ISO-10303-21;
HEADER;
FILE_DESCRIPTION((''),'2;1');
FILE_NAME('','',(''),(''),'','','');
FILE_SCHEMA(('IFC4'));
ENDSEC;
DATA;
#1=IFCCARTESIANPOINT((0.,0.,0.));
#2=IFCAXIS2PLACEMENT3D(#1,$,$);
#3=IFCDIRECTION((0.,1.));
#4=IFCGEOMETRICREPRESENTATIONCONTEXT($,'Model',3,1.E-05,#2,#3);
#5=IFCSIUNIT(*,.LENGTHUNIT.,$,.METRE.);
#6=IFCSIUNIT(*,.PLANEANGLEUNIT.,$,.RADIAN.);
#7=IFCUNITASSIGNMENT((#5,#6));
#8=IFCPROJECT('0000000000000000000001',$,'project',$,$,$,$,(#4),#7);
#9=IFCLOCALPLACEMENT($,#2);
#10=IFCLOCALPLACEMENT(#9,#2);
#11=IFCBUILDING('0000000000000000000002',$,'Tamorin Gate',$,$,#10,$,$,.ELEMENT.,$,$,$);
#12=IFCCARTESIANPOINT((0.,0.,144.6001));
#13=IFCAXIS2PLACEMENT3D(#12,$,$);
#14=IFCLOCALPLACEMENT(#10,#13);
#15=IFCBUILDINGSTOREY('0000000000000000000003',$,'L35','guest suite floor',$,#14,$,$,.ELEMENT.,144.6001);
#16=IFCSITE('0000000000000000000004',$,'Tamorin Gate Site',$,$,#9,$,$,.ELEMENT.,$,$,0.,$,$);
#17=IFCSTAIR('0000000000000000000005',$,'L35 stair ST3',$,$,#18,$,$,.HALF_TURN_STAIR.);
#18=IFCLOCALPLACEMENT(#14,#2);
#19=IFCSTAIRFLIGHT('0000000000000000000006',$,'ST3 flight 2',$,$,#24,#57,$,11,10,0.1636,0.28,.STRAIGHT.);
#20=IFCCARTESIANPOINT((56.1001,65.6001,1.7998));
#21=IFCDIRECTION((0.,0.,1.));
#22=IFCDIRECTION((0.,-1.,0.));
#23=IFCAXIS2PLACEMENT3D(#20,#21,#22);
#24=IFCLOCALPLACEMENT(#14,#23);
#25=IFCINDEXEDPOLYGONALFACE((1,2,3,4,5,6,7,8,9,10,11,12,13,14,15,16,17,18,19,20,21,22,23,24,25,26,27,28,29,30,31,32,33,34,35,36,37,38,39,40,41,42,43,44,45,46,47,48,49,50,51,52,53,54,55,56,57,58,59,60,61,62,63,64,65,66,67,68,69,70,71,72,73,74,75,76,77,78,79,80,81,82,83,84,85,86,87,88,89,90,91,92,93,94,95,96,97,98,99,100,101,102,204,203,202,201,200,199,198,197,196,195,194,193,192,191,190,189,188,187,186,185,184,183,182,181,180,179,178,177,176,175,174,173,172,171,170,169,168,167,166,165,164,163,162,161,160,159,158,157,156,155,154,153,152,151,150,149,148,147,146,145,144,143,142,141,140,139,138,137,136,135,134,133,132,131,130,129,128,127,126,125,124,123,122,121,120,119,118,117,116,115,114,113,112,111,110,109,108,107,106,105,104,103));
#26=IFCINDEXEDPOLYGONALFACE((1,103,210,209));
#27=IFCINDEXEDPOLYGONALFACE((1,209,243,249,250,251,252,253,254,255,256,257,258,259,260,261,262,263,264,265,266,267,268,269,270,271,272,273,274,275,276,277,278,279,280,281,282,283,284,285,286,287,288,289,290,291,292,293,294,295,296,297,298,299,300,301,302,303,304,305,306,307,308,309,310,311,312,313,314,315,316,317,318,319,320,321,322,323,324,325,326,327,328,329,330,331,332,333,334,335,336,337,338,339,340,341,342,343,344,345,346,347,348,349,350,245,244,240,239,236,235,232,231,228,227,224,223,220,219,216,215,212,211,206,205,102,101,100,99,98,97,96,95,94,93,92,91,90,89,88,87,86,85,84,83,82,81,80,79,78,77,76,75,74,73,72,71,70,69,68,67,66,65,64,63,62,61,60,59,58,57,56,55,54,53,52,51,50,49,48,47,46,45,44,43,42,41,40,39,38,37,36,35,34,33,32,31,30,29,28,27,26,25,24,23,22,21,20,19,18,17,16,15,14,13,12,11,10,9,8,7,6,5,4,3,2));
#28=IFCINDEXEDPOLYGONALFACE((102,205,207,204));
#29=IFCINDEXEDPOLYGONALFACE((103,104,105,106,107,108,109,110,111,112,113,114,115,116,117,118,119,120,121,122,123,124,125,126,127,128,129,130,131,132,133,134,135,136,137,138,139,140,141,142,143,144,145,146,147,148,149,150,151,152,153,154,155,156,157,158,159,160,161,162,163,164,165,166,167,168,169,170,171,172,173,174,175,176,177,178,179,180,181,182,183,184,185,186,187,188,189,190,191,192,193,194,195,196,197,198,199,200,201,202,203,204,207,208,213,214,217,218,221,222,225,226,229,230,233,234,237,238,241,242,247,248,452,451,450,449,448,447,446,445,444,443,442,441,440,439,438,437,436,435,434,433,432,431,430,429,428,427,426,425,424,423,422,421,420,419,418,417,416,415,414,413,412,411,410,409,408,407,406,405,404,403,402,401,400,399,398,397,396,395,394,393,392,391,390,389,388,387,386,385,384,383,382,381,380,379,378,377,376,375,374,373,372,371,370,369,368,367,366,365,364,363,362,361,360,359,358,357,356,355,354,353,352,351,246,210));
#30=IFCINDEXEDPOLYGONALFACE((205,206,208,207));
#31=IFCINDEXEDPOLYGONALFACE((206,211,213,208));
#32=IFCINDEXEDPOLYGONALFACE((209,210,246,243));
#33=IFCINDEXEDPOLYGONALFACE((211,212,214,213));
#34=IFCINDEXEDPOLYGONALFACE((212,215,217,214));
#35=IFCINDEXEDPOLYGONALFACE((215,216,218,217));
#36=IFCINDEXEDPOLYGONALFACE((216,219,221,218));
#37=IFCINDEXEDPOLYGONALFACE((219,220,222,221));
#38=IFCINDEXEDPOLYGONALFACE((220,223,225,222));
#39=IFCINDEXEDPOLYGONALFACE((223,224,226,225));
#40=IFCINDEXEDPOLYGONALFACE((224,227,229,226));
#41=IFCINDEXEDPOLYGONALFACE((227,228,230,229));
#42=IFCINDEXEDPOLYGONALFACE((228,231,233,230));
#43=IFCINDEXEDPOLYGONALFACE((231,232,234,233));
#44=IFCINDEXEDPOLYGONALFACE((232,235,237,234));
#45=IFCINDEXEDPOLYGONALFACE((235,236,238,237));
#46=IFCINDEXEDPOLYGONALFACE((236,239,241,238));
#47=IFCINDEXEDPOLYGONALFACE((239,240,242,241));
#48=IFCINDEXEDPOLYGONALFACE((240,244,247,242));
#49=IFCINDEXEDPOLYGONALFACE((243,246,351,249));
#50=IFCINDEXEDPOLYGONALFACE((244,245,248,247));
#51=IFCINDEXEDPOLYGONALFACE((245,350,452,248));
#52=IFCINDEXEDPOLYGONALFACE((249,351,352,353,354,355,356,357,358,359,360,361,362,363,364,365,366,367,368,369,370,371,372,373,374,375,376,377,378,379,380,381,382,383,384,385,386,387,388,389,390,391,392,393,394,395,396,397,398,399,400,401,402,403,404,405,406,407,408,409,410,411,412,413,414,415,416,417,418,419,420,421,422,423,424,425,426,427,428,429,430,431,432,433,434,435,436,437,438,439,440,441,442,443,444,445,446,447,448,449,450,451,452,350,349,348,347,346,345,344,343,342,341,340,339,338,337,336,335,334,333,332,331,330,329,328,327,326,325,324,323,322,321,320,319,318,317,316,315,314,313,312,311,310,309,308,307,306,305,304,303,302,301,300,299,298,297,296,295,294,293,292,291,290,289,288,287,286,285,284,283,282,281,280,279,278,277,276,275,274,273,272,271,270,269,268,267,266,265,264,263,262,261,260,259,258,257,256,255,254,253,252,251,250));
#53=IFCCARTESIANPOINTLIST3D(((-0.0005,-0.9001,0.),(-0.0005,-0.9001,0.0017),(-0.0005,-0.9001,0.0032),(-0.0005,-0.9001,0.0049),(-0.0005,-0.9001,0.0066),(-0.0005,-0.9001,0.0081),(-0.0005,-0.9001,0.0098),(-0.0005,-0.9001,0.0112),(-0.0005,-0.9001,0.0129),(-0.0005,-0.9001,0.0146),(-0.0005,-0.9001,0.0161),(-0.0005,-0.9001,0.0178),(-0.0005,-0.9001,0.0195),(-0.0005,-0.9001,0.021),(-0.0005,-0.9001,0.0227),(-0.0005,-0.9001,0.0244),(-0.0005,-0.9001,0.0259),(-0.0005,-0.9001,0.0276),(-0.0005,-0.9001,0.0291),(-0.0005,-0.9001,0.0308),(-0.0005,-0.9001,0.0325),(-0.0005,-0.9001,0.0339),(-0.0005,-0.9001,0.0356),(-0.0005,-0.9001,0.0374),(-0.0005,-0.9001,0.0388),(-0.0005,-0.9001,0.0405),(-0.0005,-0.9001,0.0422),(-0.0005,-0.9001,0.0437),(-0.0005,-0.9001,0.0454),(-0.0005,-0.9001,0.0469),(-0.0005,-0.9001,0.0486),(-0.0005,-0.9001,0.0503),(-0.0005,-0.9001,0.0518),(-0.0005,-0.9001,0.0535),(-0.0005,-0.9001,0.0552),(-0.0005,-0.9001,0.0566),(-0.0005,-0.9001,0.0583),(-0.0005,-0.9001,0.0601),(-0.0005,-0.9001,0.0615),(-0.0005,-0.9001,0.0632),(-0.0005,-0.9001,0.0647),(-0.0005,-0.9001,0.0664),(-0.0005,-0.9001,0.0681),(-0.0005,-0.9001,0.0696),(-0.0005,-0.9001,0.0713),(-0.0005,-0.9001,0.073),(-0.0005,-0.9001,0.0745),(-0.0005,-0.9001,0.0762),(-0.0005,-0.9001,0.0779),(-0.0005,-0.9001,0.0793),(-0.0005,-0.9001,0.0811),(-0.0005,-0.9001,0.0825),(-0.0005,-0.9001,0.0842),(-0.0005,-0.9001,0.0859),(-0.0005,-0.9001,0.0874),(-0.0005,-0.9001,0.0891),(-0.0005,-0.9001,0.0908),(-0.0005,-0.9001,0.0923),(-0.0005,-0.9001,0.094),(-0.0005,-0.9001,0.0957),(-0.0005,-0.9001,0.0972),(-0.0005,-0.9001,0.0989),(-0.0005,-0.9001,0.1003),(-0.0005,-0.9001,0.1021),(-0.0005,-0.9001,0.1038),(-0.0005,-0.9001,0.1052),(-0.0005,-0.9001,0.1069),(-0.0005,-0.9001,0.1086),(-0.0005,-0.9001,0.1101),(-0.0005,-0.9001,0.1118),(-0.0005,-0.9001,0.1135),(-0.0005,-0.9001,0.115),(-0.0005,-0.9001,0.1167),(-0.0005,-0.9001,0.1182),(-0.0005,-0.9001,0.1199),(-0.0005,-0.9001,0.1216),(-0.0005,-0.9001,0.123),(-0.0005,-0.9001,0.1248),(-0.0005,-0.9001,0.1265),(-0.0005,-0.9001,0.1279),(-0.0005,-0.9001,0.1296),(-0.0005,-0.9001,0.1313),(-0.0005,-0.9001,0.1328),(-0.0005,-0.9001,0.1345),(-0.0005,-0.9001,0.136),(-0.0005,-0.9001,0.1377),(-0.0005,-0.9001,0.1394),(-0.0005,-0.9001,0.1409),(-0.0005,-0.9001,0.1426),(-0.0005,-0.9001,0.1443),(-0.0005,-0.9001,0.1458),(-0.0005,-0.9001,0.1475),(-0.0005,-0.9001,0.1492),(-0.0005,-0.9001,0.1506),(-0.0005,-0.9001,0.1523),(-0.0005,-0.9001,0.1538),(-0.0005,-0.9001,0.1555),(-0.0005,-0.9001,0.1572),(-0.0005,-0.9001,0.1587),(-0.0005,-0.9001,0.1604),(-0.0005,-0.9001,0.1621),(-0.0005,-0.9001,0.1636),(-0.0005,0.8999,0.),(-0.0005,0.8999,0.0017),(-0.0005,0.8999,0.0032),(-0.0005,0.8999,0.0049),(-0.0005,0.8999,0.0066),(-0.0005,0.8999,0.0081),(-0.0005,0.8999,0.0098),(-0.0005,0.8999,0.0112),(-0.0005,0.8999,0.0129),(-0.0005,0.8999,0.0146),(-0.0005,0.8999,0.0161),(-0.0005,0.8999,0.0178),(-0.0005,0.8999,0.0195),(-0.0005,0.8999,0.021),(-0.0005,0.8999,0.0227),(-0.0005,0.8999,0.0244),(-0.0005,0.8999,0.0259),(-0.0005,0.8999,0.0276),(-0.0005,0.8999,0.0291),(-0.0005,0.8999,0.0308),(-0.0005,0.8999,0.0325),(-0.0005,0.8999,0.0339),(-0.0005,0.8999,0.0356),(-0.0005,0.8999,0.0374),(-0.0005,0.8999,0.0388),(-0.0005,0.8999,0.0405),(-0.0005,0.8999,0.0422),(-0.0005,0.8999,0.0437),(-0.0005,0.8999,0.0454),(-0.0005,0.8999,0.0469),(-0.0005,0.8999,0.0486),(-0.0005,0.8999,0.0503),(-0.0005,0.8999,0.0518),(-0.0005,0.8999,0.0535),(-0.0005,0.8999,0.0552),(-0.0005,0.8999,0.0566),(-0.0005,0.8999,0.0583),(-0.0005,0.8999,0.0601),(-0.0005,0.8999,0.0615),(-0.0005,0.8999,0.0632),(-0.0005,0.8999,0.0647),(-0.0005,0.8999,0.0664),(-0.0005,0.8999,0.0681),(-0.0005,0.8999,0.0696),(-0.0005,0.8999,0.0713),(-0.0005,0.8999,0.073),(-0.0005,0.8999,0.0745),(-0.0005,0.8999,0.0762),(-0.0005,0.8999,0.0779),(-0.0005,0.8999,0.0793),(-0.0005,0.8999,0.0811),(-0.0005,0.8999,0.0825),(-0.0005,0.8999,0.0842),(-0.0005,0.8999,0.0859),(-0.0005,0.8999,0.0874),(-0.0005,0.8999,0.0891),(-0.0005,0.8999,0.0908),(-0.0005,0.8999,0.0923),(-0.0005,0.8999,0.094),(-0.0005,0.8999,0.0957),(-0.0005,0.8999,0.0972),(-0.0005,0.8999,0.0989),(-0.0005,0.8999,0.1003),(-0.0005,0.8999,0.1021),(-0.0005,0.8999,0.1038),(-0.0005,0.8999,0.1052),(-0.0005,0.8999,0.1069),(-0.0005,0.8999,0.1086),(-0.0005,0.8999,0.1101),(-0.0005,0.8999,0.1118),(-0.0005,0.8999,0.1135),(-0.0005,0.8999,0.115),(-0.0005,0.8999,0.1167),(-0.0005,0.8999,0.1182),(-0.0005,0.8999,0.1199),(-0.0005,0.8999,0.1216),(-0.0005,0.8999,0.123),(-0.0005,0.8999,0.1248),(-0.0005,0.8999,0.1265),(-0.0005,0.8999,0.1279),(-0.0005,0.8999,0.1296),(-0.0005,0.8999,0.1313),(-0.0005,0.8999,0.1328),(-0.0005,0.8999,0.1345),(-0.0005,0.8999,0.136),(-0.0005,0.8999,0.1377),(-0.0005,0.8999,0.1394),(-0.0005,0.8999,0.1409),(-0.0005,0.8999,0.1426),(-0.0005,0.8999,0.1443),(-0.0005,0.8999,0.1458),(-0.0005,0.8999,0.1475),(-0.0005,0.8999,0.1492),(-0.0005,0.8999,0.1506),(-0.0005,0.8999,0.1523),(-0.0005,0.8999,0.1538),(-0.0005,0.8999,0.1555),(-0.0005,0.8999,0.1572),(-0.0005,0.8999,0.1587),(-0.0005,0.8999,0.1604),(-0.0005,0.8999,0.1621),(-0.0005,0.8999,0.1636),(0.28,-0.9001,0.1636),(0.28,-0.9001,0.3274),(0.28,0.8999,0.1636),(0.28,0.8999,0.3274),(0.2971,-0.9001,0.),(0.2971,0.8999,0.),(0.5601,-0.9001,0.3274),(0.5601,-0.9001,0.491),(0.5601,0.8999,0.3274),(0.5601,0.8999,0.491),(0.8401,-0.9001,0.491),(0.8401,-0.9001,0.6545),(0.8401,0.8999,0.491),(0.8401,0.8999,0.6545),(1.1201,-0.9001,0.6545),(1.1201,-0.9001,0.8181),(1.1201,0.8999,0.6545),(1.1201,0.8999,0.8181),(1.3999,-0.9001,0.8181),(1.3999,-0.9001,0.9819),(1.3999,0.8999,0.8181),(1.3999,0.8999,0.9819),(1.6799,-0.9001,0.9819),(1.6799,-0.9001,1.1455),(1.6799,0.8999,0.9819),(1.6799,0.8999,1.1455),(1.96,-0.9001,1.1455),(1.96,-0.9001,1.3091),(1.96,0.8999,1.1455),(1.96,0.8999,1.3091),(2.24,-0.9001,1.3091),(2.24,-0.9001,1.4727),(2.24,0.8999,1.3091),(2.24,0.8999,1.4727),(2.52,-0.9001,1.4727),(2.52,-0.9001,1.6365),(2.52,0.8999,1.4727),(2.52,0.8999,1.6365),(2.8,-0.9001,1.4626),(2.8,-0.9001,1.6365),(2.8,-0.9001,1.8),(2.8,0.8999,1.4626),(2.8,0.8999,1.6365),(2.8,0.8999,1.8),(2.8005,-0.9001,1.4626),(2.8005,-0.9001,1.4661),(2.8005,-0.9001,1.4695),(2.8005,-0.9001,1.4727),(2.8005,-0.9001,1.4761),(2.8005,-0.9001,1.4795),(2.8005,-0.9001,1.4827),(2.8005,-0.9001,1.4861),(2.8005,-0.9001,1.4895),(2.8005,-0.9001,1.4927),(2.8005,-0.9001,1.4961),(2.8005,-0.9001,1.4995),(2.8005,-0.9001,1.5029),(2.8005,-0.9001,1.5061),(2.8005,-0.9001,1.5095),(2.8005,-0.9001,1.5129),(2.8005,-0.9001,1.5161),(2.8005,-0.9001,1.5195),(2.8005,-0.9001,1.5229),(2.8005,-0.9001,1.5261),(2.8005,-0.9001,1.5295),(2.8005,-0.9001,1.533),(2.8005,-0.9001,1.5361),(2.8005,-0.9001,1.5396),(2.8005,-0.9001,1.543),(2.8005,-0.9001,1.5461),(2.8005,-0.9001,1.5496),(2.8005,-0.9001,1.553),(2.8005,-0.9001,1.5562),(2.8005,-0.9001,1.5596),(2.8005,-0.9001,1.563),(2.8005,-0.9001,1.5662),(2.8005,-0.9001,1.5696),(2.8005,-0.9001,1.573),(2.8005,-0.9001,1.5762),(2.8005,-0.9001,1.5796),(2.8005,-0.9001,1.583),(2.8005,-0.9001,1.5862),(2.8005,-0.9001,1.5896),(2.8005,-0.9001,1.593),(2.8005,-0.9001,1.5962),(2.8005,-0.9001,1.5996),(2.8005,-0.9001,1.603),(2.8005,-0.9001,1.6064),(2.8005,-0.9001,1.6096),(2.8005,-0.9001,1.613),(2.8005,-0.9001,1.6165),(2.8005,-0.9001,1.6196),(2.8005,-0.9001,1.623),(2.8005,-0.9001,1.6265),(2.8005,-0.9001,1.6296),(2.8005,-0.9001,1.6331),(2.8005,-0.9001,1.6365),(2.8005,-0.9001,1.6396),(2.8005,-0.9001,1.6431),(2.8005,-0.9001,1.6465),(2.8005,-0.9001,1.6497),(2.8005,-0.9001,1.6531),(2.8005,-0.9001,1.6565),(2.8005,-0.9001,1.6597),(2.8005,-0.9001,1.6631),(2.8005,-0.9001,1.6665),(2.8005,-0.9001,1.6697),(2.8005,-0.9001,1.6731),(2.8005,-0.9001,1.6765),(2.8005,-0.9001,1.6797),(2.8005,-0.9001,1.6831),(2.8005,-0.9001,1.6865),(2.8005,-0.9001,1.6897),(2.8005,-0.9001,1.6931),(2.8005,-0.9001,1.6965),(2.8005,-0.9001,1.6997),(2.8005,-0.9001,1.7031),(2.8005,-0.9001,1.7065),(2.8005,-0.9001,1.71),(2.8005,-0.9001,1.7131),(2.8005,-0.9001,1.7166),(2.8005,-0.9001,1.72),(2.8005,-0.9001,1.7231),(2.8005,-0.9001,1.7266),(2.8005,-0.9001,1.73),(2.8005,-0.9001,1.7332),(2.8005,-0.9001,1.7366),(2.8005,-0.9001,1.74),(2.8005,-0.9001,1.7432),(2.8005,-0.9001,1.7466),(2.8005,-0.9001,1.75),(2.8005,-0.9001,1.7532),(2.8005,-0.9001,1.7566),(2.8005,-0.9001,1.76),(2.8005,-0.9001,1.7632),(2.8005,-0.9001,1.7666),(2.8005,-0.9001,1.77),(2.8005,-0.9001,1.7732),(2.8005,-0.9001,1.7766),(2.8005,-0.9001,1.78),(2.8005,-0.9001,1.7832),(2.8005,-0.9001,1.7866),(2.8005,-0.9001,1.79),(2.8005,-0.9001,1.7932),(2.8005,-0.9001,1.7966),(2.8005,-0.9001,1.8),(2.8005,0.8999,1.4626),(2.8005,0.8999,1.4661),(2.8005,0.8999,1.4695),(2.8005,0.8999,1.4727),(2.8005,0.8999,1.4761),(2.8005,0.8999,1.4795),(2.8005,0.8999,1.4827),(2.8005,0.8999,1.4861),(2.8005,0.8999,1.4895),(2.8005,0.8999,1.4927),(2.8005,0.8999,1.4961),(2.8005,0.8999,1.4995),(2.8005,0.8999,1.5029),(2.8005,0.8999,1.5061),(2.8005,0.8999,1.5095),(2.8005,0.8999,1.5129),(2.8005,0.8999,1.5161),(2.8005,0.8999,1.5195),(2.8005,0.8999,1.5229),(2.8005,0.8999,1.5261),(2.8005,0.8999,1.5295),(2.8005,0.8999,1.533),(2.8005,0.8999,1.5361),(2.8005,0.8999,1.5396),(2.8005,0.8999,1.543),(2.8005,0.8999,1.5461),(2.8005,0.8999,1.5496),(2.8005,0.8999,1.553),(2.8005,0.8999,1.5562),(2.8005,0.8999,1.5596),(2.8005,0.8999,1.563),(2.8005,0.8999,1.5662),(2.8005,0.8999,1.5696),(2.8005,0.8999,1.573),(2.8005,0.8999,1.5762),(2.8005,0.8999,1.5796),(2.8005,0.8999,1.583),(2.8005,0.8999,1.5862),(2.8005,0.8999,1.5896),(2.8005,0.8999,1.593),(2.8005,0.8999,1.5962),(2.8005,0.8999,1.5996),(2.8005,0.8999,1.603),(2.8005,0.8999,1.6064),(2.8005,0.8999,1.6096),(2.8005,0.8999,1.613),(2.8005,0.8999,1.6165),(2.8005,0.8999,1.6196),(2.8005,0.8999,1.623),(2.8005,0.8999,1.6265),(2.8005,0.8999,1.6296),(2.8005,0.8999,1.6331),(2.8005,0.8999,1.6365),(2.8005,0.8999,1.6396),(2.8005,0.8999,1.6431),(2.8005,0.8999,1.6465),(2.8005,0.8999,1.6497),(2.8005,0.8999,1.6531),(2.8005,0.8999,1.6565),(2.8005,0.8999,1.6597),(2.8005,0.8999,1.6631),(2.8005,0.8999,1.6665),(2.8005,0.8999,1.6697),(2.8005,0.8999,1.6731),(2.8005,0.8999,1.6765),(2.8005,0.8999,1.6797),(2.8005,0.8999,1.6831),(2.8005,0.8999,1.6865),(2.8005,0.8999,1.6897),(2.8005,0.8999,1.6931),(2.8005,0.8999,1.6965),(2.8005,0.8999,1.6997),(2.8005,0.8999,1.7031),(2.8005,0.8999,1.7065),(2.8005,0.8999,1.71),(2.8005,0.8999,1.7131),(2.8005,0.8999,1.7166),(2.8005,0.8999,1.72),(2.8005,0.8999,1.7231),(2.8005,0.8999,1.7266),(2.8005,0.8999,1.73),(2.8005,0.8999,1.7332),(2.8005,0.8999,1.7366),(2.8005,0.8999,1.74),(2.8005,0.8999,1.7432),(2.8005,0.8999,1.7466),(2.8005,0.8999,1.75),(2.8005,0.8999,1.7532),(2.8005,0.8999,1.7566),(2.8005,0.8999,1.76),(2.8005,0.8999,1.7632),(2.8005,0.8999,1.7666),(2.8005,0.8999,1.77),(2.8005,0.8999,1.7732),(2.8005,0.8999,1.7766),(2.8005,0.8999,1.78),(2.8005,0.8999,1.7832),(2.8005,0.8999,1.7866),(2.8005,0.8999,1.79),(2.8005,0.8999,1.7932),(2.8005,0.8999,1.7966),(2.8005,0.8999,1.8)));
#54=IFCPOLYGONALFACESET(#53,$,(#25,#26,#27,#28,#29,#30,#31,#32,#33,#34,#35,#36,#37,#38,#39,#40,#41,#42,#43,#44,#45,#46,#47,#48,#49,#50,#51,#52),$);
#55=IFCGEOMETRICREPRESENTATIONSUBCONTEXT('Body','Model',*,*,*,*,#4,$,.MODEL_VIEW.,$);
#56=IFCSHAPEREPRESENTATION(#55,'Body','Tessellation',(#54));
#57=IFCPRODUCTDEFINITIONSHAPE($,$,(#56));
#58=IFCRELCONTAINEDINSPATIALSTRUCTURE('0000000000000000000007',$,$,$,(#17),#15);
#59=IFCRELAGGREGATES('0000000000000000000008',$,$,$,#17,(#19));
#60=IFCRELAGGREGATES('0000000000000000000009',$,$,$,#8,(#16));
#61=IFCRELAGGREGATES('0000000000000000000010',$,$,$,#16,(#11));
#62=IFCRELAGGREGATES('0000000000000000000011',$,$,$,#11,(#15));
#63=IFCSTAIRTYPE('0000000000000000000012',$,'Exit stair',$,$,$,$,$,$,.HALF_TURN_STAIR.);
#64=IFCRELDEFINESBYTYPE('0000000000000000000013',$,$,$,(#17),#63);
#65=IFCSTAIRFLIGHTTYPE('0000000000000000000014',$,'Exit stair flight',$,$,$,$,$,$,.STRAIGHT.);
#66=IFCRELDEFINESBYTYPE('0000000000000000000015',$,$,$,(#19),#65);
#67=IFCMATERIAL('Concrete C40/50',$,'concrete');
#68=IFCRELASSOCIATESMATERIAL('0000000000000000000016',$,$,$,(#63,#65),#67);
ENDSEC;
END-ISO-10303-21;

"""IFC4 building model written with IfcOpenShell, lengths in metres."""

from ifc_helpers import new_model, si_unit, direction, frame, origin, place, context, subcontext, project, spatial, polyline, outline, extrude, material, type_object, element, aggregate, save


model = new_model("IFC4")

# Units and contexts
model_context = context("Model", 3, precision=1e-05, world=origin(), true_north=direction((0.0, 1.0)))
body_context = subcontext(model_context, "Body", "Model", "MODEL_VIEW")
ifc_project = project(units=[si_unit("LENGTHUNIT", "METRE"), si_unit("PLANEANGLEUNIT", "RADIAN")], contexts=[model_context])

# Site, building, storey
site_placement = place(None, origin())
site = spatial("IfcSite", under=ifc_project, at=site_placement, Name="Tamorin Gate Site", CompositionType="ELEMENT", RefElevation=0.0)
building_placement = place(site_placement, origin())
building = spatial("IfcBuilding", under=site, at=building_placement, Name="Tamorin Gate", CompositionType="ELEMENT")
storey_placement = place(building_placement, frame((0.0, 0.0, 144.6001)))
storey = spatial("IfcBuildingStorey", under=building, at=storey_placement, Name="L35", Description="guest suite floor", CompositionType="ELEMENT", Elevation=144.6001)

# Shared definitions
ifc_material_1 = material(Name="Concrete C40/50", Category="concrete")

# Stair, stair flight
stair_type = type_object("IfcStairType", Name="Exit stair", PredefinedType="HALF_TURN_STAIR", material=ifc_material_1)
stair_placement = place(storey_placement, origin())
stair = element("IfcStair", 1, at=stair_placement, inside=storey, type_object=stair_type, Name="L35 stair ST3", PredefinedType="HALF_TURN_STAIR")
stair_flight_type = type_object("IfcStairFlightType", Name="Exit stair flight", PredefinedType="STRAIGHT", material=ifc_material_1)
stair_flight_placement = place(storey_placement, frame((56.1001, 65.6001, 1.7998), z_axis=(0.0, 0.0, 1.0), x_axis=(0.0, -1.0, 0.0)))
stair_flight = element("IfcStairFlight", 2, at=stair_flight_placement, type_object=stair_flight_type, Name="ST3 flight 2", NumberOfRisers=11, NumberOfTreads=10, PredefinedType="STRAIGHT", RiserHeight=0.1636, TreadLength=0.28, context=body_context, shape_type="SweptSolid", body=[
    extrude(outline(polyline([(-0.0005, 0.0), (-0.0005, 0.0017), (-0.0005, 0.0032), (-0.0005, 0.0049), (-0.0005, 0.0066), (-0.0005, 0.0081), (-0.0005, 0.0098), (-0.0005, 0.0112), (-0.0005, 0.0129), (-0.0005, 0.0146), (-0.0005, 0.0161), (-0.0005, 0.0178), (-0.0005, 0.0195), (-0.0005, 0.021), (-0.0005, 0.0227), (-0.0005, 0.0244), (-0.0005, 0.0259), (-0.0005, 0.0276), (-0.0005, 0.0291), (-0.0005, 0.0308), (-0.0005, 0.0325), (-0.0005, 0.0339), (-0.0005, 0.0356), (-0.0005, 0.0374), (-0.0005, 0.0388), (-0.0005, 0.0405), (-0.0005, 0.0422), (-0.0005, 0.0437), (-0.0005, 0.0454), (-0.0005, 0.0469), (-0.0005, 0.0486), (-0.0005, 0.0503), (-0.0005, 0.0518), (-0.0005, 0.0535), (-0.0005, 0.0552), (-0.0005, 0.0566), (-0.0005, 0.0583), (-0.0005, 0.0601), (-0.0005, 0.0615), (-0.0005, 0.0632), (-0.0005, 0.0647), (-0.0005, 0.0664), (-0.0005, 0.0681), (-0.0005, 0.0696), (-0.0005, 0.0713), (-0.0005, 0.073), (-0.0005, 0.0745), (-0.0005, 0.0762), (-0.0005, 0.0779), (-0.0005, 0.0793), (-0.0005, 0.0811), (-0.0005, 0.0825), (-0.0005, 0.0842), (-0.0005, 0.0859), (-0.0005, 0.0874), (-0.0005, 0.0891), (-0.0005, 0.0908), (-0.0005, 0.0923), (-0.0005, 0.094), (-0.0005, 0.0957), (-0.0005, 0.0972), (-0.0005, 0.0989), (-0.0005, 0.1003), (-0.0005, 0.1021), (-0.0005, 0.1038), (-0.0005, 0.1052), (-0.0005, 0.1069), (-0.0005, 0.1086), (-0.0005, 0.1101), (-0.0005, 0.1118), (-0.0005, 0.1135), (-0.0005, 0.115), (-0.0005, 0.1167), (-0.0005, 0.1182), (-0.0005, 0.1199), (-0.0005, 0.1216), (-0.0005, 0.123), (-0.0005, 0.1248), (-0.0005, 0.1265), (-0.0005, 0.1279), (-0.0005, 0.1296), (-0.0005, 0.1313), (-0.0005, 0.1328), (-0.0005, 0.1345), (-0.0005, 0.136), (-0.0005, 0.1377), (-0.0005, 0.1394), (-0.0005, 0.1409), (-0.0005, 0.1426), (-0.0005, 0.1443), (-0.0005, 0.1458), (-0.0005, 0.1475), (-0.0005, 0.1492), (-0.0005, 0.1506), (-0.0005, 0.1523), (-0.0005, 0.1538), (-0.0005, 0.1555), (-0.0005, 0.1572), (-0.0005, 0.1587), (-0.0005, 0.1604), (-0.0005, 0.1621), (-0.0005, 0.1636), (0.28, 0.1636), (0.28, 0.3274), (0.5601, 0.3274), (0.5601, 0.491), (0.8401, 0.491), (0.8401, 0.6545), (1.1201, 0.6545), (1.1201, 0.8181), (1.3999, 0.8181), (1.3999, 0.9819), (1.6799, 0.9819), (1.6799, 1.1455), (1.96, 1.1455), (1.96, 1.3091), (2.24, 1.3091), (2.24, 1.4727), (2.52, 1.4727), (2.52, 1.6365), (2.8, 1.6365), (2.8, 1.8), (2.8005, 1.8), (2.8005, 1.7966), (2.8005, 1.7932), (2.8005, 1.79), (2.8005, 1.7866), (2.8005, 1.7832), (2.8005, 1.78), (2.8005, 1.7766), (2.8005, 1.7732), (2.8005, 1.77), (2.8005, 1.7666), (2.8005, 1.7632), (2.8005, 1.76), (2.8005, 1.7566), (2.8005, 1.7532), (2.8005, 1.75), (2.8005, 1.7466), (2.8005, 1.7432), (2.8005, 1.74), (2.8005, 1.7366), (2.8005, 1.7332), (2.8005, 1.73), (2.8005, 1.7266), (2.8005, 1.7231), (2.8005, 1.72), (2.8005, 1.7166), (2.8005, 1.7131), (2.8005, 1.71), (2.8005, 1.7065), (2.8005, 1.7031), (2.8005, 1.6997), (2.8005, 1.6965), (2.8005, 1.6931), (2.8005, 1.6897), (2.8005, 1.6865), (2.8005, 1.6831), (2.8005, 1.6797), (2.8005, 1.6765), (2.8005, 1.6731), (2.8005, 1.6697), (2.8005, 1.6665), (2.8005, 1.6631), (2.8005, 1.6597), (2.8005, 1.6565), (2.8005, 1.6531), (2.8005, 1.6497), (2.8005, 1.6465), (2.8005, 1.6431), (2.8005, 1.6396), (2.8005, 1.6365), (2.8005, 1.6331), (2.8005, 1.6296), (2.8005, 1.6265), (2.8005, 1.623), (2.8005, 1.6196), (2.8005, 1.6165), (2.8005, 1.613), (2.8005, 1.6096), (2.8005, 1.6064), (2.8005, 1.603), (2.8005, 1.5996), (2.8005, 1.5962), (2.8005, 1.593), (2.8005, 1.5896), (2.8005, 1.5862), (2.8005, 1.583), (2.8005, 1.5796), (2.8005, 1.5762), (2.8005, 1.573), (2.8005, 1.5696), (2.8005, 1.5662), (2.8005, 1.563), (2.8005, 1.5596), (2.8005, 1.5562), (2.8005, 1.553), (2.8005, 1.5496), (2.8005, 1.5461), (2.8005, 1.543), (2.8005, 1.5396), (2.8005, 1.5361), (2.8005, 1.533), (2.8005, 1.5295), (2.8005, 1.5261), (2.8005, 1.5229), (2.8005, 1.5195), (2.8005, 1.5161), (2.8005, 1.5129), (2.8005, 1.5095), (2.8005, 1.5061), (2.8005, 1.5029), (2.8005, 1.4995), (2.8005, 1.4961), (2.8005, 1.4927), (2.8005, 1.4895), (2.8005, 1.4861), (2.8005, 1.4827), (2.8005, 1.4795), (2.8005, 1.4761), (2.8005, 1.4727), (2.8005, 1.4695), (2.8005, 1.4661), (2.8005, 1.4626), (2.8, 1.4626), (0.2971, 0.0), (-0.0005, 0.0)])), frame((0.0, 0.8999, 0.0), z_axis=(0.0, -1.0, 0.0), x_axis=(1.0, 0.0, 0.0)), (0.0, 0.0, 1.0), 1.8),
])
aggregate(stair, [stair_flight])

save(model, "model.ifc")
